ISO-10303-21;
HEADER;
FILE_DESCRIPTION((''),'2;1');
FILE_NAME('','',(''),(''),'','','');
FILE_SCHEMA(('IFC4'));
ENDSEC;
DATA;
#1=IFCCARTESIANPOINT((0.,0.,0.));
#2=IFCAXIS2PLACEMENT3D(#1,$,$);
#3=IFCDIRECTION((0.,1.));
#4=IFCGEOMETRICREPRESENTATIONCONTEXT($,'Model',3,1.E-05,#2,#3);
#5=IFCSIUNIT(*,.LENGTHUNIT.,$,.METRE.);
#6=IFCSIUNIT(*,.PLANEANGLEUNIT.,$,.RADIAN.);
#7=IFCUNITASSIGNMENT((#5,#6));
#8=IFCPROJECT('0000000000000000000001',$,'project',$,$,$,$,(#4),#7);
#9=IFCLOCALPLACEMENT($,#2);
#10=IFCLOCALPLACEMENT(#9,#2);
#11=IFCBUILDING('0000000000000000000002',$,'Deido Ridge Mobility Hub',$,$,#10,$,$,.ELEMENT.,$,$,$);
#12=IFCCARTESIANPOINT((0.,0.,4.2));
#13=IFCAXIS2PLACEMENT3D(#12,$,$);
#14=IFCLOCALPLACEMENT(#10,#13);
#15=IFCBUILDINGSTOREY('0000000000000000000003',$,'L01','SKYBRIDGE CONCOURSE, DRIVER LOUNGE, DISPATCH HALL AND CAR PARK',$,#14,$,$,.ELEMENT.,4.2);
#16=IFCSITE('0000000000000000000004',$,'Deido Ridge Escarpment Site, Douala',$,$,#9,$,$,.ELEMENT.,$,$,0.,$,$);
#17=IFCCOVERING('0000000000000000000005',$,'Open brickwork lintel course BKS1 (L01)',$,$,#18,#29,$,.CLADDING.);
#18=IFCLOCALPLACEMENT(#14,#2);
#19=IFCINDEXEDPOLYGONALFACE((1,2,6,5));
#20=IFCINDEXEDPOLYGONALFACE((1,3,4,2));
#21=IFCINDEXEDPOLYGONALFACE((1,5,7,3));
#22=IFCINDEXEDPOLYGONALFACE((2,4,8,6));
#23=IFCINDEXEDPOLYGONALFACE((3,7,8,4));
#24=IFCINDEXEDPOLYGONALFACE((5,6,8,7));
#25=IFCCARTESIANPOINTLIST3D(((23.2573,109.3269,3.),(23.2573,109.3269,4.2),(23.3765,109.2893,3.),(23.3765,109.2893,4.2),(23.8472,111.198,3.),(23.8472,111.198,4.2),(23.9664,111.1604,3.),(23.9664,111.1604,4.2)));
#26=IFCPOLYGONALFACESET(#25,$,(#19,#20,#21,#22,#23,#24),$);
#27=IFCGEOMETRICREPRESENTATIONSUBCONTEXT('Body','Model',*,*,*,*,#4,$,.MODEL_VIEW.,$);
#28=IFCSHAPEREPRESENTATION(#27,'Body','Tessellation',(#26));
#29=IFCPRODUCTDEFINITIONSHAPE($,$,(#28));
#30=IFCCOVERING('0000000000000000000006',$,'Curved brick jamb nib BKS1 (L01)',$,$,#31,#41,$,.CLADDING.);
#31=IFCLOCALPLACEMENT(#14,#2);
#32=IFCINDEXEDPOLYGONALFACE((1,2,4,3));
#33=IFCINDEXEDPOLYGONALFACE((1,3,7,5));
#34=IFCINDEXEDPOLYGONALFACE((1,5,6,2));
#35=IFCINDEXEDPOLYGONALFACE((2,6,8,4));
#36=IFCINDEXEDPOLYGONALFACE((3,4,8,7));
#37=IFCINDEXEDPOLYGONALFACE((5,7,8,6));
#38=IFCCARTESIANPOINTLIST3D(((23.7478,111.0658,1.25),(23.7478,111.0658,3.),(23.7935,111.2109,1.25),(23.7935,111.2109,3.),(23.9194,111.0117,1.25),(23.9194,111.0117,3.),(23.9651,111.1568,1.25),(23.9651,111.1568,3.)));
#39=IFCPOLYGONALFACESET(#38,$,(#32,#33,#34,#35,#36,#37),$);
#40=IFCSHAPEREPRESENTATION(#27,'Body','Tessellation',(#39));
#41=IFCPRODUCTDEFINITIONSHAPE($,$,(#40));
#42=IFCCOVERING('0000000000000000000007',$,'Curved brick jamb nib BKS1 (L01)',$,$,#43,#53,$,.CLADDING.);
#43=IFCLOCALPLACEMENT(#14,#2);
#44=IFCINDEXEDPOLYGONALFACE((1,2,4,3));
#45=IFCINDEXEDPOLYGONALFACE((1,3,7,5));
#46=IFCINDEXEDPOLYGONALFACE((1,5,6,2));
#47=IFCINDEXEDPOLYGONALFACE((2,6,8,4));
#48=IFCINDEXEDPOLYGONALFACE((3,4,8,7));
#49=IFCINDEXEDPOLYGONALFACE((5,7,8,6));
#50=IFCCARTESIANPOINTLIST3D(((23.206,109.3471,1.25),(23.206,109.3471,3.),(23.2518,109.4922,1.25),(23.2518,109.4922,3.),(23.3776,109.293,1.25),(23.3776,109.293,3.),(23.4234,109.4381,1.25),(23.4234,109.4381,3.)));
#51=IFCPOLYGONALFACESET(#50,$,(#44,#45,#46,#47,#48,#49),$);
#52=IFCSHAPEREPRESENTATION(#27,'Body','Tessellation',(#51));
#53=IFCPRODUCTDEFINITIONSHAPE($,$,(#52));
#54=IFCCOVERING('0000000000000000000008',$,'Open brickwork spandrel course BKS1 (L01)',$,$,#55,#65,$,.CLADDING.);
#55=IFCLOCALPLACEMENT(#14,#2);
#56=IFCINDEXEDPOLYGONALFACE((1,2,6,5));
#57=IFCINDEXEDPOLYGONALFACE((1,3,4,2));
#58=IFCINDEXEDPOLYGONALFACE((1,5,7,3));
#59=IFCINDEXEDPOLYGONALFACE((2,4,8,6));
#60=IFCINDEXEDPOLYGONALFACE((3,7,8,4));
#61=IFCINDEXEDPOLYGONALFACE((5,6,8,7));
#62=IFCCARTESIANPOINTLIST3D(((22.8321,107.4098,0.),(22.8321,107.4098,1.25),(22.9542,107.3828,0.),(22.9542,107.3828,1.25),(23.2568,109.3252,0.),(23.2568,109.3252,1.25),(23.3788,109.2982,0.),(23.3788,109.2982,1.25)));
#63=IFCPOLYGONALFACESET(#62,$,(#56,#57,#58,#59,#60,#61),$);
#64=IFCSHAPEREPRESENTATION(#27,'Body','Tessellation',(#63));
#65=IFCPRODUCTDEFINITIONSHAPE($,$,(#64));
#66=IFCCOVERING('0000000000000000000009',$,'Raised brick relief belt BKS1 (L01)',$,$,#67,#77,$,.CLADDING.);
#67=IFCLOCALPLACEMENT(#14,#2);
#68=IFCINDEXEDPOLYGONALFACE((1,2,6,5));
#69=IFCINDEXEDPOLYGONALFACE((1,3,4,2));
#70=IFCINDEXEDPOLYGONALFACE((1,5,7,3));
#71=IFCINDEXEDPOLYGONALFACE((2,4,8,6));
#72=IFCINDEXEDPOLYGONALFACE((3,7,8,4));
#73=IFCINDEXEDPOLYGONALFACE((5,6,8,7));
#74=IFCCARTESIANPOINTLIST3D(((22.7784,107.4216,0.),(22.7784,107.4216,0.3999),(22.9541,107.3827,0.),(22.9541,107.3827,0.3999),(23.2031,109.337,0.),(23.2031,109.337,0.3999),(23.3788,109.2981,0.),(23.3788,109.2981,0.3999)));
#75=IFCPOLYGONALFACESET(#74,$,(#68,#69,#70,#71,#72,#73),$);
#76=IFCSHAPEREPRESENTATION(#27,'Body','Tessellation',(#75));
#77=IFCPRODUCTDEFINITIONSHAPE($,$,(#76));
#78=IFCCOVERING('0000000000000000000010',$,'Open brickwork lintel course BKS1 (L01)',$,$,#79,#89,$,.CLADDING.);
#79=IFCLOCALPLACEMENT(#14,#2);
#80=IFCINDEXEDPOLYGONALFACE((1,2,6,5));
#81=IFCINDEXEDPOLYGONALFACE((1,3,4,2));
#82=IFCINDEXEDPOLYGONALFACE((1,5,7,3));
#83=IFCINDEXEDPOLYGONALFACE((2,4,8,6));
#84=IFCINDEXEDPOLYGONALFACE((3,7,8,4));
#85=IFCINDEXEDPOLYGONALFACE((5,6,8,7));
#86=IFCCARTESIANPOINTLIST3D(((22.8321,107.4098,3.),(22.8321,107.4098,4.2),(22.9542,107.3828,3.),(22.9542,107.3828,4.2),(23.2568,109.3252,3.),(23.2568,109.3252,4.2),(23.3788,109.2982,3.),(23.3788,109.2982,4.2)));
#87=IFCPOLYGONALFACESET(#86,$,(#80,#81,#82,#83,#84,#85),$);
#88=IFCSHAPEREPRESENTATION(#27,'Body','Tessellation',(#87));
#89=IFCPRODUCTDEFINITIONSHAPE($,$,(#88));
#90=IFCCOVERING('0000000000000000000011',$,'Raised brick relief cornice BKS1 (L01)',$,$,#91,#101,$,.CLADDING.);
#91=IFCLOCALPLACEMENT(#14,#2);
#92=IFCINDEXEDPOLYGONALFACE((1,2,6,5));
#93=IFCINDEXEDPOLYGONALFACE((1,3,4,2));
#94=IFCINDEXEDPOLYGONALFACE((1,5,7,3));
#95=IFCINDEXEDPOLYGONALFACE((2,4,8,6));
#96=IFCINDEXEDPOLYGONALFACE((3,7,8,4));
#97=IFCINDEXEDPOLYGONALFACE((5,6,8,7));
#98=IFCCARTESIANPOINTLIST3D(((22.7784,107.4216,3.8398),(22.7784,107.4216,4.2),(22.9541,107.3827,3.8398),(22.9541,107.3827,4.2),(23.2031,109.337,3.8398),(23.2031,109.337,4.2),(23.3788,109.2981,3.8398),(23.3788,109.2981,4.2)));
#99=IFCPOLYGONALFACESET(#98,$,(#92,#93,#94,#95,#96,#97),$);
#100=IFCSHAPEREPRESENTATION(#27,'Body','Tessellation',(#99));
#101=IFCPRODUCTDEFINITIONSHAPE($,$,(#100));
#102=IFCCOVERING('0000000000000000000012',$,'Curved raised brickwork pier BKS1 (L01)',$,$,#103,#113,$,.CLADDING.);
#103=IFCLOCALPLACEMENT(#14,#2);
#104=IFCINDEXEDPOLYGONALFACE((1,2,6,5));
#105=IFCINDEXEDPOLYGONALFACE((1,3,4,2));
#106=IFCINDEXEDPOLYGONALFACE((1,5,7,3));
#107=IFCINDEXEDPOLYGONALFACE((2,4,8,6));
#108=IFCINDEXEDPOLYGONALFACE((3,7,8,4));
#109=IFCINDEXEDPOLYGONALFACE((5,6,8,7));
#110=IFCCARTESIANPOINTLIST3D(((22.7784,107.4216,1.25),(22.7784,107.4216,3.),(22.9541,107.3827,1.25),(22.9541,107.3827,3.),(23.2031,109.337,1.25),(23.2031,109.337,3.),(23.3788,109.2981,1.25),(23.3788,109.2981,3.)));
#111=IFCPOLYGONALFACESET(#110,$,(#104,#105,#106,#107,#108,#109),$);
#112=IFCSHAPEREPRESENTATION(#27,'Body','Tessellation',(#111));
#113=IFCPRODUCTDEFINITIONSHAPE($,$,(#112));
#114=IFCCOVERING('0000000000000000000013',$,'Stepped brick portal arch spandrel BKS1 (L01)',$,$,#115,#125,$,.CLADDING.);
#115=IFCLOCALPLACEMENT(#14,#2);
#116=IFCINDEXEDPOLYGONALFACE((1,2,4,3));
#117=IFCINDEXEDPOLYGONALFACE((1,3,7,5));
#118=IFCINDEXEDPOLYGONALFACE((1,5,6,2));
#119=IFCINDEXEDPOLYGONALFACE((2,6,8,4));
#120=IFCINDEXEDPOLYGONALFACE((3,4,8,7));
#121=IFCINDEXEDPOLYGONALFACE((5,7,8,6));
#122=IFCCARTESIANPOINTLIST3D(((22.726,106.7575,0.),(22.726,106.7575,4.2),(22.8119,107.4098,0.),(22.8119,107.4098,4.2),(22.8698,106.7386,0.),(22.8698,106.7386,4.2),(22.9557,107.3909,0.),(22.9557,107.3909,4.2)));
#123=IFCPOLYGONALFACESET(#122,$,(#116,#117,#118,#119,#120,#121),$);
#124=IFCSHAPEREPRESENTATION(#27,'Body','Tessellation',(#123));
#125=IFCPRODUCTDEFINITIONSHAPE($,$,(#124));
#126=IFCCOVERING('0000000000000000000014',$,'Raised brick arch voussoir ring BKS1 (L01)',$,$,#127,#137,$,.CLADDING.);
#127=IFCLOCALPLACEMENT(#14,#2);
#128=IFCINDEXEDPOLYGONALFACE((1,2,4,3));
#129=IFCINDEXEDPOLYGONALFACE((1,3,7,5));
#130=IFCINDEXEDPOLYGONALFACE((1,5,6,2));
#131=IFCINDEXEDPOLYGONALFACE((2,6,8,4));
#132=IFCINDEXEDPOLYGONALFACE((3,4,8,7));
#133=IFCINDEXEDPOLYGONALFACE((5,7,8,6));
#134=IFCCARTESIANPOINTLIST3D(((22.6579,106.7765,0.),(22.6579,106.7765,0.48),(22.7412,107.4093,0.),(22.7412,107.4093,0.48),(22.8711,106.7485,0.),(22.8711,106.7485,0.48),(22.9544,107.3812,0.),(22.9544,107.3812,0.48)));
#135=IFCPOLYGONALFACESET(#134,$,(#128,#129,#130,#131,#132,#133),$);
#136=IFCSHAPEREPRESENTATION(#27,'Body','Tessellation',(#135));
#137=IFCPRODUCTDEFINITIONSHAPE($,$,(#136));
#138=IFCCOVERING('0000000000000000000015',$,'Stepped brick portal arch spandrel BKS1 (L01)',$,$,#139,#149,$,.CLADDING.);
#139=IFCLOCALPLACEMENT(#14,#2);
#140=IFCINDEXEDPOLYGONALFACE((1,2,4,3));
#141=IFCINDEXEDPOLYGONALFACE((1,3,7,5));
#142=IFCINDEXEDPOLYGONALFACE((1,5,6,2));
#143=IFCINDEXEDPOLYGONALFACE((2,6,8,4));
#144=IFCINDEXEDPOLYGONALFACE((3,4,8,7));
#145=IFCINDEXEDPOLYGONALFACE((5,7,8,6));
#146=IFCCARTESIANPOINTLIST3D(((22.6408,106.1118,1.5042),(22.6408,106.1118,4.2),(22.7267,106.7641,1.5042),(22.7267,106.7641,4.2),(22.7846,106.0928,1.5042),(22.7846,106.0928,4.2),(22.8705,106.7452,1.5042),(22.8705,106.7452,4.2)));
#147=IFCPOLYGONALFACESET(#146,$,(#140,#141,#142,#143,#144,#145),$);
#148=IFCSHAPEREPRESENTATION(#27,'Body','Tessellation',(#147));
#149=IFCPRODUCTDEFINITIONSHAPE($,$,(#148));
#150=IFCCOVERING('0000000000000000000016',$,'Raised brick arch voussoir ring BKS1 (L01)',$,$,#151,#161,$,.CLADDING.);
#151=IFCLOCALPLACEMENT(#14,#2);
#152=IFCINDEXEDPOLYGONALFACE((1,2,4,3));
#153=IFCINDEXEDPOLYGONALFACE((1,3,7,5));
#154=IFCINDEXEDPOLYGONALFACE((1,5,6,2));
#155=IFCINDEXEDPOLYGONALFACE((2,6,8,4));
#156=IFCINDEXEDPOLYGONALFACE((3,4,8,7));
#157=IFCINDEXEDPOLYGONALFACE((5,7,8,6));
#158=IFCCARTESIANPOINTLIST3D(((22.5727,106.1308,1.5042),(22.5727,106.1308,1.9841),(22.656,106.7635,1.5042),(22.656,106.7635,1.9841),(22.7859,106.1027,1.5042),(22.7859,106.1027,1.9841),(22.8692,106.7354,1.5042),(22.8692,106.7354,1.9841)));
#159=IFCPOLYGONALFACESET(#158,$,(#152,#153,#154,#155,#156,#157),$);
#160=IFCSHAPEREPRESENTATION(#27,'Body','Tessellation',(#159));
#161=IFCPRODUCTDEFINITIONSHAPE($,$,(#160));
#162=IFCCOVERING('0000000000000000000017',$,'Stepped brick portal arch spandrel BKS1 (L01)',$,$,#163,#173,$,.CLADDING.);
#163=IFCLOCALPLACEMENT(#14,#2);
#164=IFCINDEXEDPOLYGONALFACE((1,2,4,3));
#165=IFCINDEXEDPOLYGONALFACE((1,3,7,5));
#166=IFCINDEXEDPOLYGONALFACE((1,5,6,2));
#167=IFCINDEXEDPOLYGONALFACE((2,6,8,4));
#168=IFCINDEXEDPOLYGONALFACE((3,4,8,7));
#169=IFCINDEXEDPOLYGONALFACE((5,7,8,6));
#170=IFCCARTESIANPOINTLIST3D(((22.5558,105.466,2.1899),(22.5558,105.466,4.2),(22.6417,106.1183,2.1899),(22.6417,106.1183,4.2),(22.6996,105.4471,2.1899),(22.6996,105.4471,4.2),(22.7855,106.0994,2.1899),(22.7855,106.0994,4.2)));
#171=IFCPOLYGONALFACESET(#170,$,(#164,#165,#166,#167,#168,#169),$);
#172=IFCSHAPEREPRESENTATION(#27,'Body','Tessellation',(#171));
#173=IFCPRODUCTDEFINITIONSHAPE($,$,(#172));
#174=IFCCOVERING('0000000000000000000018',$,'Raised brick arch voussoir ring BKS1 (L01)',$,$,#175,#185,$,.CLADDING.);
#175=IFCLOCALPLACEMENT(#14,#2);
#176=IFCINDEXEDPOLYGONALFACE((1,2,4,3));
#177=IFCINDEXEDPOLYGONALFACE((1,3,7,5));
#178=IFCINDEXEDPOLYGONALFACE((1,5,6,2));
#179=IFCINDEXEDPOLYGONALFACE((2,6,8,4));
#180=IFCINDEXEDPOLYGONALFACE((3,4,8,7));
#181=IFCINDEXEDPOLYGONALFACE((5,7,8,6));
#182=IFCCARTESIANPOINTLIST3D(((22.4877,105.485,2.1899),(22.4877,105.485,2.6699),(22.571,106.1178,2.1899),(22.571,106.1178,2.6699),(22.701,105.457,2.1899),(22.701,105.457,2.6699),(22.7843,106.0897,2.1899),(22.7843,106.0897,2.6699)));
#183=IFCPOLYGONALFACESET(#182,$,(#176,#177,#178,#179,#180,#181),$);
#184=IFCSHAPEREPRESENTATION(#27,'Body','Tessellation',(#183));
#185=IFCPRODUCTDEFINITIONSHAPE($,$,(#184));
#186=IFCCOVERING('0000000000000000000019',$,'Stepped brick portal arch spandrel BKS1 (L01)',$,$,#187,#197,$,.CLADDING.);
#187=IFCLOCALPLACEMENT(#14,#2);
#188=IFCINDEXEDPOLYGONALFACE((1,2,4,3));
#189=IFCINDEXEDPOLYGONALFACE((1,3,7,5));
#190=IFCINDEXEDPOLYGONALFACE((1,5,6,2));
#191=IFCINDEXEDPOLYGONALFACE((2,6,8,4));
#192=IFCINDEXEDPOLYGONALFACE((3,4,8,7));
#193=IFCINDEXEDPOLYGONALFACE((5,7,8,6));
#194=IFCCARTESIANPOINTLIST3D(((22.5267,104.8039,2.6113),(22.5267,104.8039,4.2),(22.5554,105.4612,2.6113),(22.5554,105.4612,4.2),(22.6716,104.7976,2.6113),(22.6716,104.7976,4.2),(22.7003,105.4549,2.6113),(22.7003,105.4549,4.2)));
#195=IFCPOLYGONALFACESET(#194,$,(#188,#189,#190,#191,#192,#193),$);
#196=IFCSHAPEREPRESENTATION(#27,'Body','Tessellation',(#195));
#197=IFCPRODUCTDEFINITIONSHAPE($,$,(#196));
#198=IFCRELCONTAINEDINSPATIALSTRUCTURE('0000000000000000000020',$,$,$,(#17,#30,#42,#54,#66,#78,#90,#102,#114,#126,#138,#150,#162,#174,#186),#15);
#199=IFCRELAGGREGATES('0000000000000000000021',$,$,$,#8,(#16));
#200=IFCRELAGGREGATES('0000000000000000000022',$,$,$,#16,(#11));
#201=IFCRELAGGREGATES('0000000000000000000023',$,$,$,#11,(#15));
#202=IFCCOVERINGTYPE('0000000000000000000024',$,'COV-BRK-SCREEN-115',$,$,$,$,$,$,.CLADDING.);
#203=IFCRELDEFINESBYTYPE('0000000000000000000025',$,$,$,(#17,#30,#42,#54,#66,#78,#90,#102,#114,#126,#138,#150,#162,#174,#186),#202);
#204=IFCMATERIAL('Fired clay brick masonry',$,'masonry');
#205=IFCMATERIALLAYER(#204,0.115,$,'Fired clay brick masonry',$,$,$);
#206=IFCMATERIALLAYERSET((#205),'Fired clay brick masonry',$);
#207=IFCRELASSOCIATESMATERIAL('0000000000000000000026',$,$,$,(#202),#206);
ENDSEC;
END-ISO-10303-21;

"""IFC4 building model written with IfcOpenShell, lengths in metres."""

from ifc_helpers import new_model, si_unit, direction, frame, origin, origin_2d, place, context, subcontext, project, spatial, rectangle, extrude, material, layer, layer_set, type_object, element, save


model = new_model("IFC4")

# Units and contexts
model_context = context("Model", 3, precision=1e-05, world=origin(), true_north=direction((0.0, 1.0)))
body_context = subcontext(model_context, "Body", "Model", "MODEL_VIEW")
ifc_project = project(units=[si_unit("LENGTHUNIT", "METRE"), si_unit("PLANEANGLEUNIT", "RADIAN")], contexts=[model_context])

# Site, building, storey
site_placement = place(None, origin())
site = spatial("IfcSite", under=ifc_project, at=site_placement, Name="Deido Ridge Escarpment Site, Douala", CompositionType="ELEMENT", RefElevation=0.0)
building_placement = place(site_placement, origin())
building = spatial("IfcBuilding", under=site, at=building_placement, Name="Deido Ridge Mobility Hub", CompositionType="ELEMENT")
storey_placement = place(building_placement, frame((0.0, 0.0, 4.2)))
storey = spatial("IfcBuildingStorey", under=building, at=storey_placement, Name="L01", Description="SKYBRIDGE CONCOURSE, DRIVER LOUNGE, DISPATCH HALL AND CAR PARK", CompositionType="ELEMENT", Elevation=4.2)

# Coverings
ifc_material_1 = material(Name="Fired clay brick masonry", Category="masonry")
ifc_layer = layer(ifc_material_1, 0.115, Name="Fired clay brick masonry")
ifc_layer_set = layer_set([ifc_layer], Name="Fired clay brick masonry")
covering_type = type_object("IfcCoveringType", Name="COV-BRK-SCREEN-115", PredefinedType="CLADDING", material=ifc_layer_set)
covering_1_placement = place(storey_placement, frame((23.6118, 110.2437, 3.0), z_axis=(0.0, 0.0, 1.0), x_axis=(-0.300673, -0.953727, 0.0)))
element("IfcCovering", 1, at=covering_1_placement, inside=storey, type_object=covering_type, Name="Open brickwork lintel course BKS1 (L01)", PredefinedType="CLADDING", context=body_context, shape_type="SweptSolid", body=[
    extrude(rectangle(XDim=1.9619, YDim=0.125, at=origin_2d()), origin(), (0.0, 0.0, 1.0), 1.2),
])
for number, where, z_axis, x_axis, name in (
    (2, (23.8564, 111.1113, 1.25), (0.0, 0.0, 1.0), (-0.300673, -0.953727, 0.0), "Curved brick jamb nib BKS1 (L01)"),
    (3, (23.3147, 109.3926, 1.25), (0.0, 0.0, 1.0), (-0.300673, -0.953727, 0.0), "Curved brick jamb nib BKS1 (L01)"),
):
    element("IfcCovering", number, at=place(storey_placement, frame(where, z_axis=z_axis, x_axis=x_axis)), inside=storey, type_object=covering_type, Name=name, PredefinedType="CLADDING", context=body_context, shape_type="SweptSolid", body=[
        extrude(rectangle(XDim=0.1521, YDim=0.1799, at=origin_2d()), origin(), (0.0, 0.0, 1.0), 1.75),
    ])
covering_2_placement = place(storey_placement, frame((23.1055, 108.354, 0.0), z_axis=(0.0, 0.0, 1.0), x_axis=(-0.216457, -0.976292, 0.0)))
element("IfcCovering", 4, at=covering_2_placement, inside=storey, type_object=covering_type, Name="Open brickwork spandrel course BKS1 (L01)", PredefinedType="CLADDING", context=body_context, shape_type="SweptSolid", body=[
    extrude(rectangle(XDim=1.9619, YDim=0.125, at=origin_2d()), origin(), (0.0, 0.0, 1.0), 1.25),
])
covering_3_placement = place(storey_placement, frame((23.0786, 108.3599, 0.0), z_axis=(0.0, 0.0, 1.0), x_axis=(-0.216457, -0.976292, 0.0)))
element("IfcCovering", 5, at=covering_3_placement, inside=storey, type_object=covering_type, Name="Raised brick relief belt BKS1 (L01)", PredefinedType="CLADDING", context=body_context, shape_type="SweptSolid", body=[
    extrude(rectangle(XDim=1.9619, YDim=0.1799, at=origin_2d()), origin(), (0.0, 0.0, 1.0), 0.3999),
])
covering_4_placement = place(storey_placement, frame((23.1055, 108.354, 3.0), z_axis=(0.0, 0.0, 1.0), x_axis=(-0.216457, -0.976292, 0.0)))
element("IfcCovering", 6, at=covering_4_placement, inside=storey, type_object=covering_type, Name="Open brickwork lintel course BKS1 (L01)", PredefinedType="CLADDING", context=body_context, shape_type="SweptSolid", body=[
    extrude(rectangle(XDim=1.9619, YDim=0.125, at=origin_2d()), origin(), (0.0, 0.0, 1.0), 1.2),
])
covering_5_placement = place(storey_placement, frame((23.0786, 108.3599, 3.8398), z_axis=(0.0, 0.0, 1.0), x_axis=(-0.216457, -0.976292, 0.0)))
element("IfcCovering", 7, at=covering_5_placement, inside=storey, type_object=covering_type, Name="Raised brick relief cornice BKS1 (L01)", PredefinedType="CLADDING", context=body_context, shape_type="SweptSolid", body=[
    extrude(rectangle(XDim=1.9619, YDim=0.1799, at=origin_2d()), origin(), (0.0, 0.0, 1.0), 0.3601),
])
covering_6_placement = place(storey_placement, frame((23.0786, 108.3599, 1.25), z_axis=(0.0, 0.0, 1.0), x_axis=(-0.216457, -0.976292, 0.0)))
element("IfcCovering", 8, at=covering_6_placement, inside=storey, type_object=covering_type, Name="Curved raised brickwork pier BKS1 (L01)", PredefinedType="CLADDING", context=body_context, shape_type="SweptSolid", body=[
    extrude(rectangle(XDim=1.9619, YDim=0.1799, at=origin_2d()), origin(), (0.0, 0.0, 1.0), 1.75),
])
covering_7_placement = place(storey_placement, frame((22.8408, 107.0742, 0.0), z_axis=(0.0, 0.0, 1.0), x_axis=(-0.130543, -0.991443, 0.0)))
element("IfcCovering", 9, at=covering_7_placement, inside=storey, type_object=covering_type, Name="Stepped brick portal arch spandrel BKS1 (L01)", PredefinedType="CLADDING", context=body_context, shape_type="SweptSolid", body=[
    extrude(rectangle(XDim=0.658, YDim=0.145, at=origin_2d()), origin(), (0.0, 0.0, 1.0), 4.2),
])
covering_8_placement = place(storey_placement, frame((22.8062, 107.0789, 0.0), z_axis=(0.0, 0.0, 1.0), x_axis=(-0.130543, -0.991443, 0.0)))
element("IfcCovering", 10, at=covering_8_placement, inside=storey, type_object=covering_type, Name="Raised brick arch voussoir ring BKS1 (L01)", PredefinedType="CLADDING", context=body_context, shape_type="SweptSolid", body=[
    extrude(rectangle(XDim=0.6382, YDim=0.2151, at=origin_2d()), origin(), (0.0, 0.0, 1.0), 0.48),
])
covering_9_placement = place(storey_placement, frame((22.7556, 106.4285, 1.5042), z_axis=(0.0, 0.0, 1.0), x_axis=(-0.130543, -0.991443, 0.0)))
element("IfcCovering", 11, at=covering_9_placement, inside=storey, type_object=covering_type, Name="Stepped brick portal arch spandrel BKS1 (L01)", PredefinedType="CLADDING", context=body_context, shape_type="SweptSolid", body=[
    extrude(rectangle(XDim=0.658, YDim=0.145, at=origin_2d()), origin(), (0.0, 0.0, 1.0), 2.6958),
])
covering_10_placement = place(storey_placement, frame((22.7209, 106.4331, 1.5042), z_axis=(0.0, 0.0, 1.0), x_axis=(-0.130543, -0.991443, 0.0)))
element("IfcCovering", 12, at=covering_10_placement, inside=storey, type_object=covering_type, Name="Raised brick arch voussoir ring BKS1 (L01)", PredefinedType="CLADDING", context=body_context, shape_type="SweptSolid", body=[
    extrude(rectangle(XDim=0.6382, YDim=0.2151, at=origin_2d()), origin(), (0.0, 0.0, 1.0), 0.48),
])
covering_11_placement = place(storey_placement, frame((22.6707, 105.7827, 2.1899), z_axis=(0.0, 0.0, 1.0), x_axis=(-0.130543, -0.991443, 0.0)))
element("IfcCovering", 13, at=covering_11_placement, inside=storey, type_object=covering_type, Name="Stepped brick portal arch spandrel BKS1 (L01)", PredefinedType="CLADDING", context=body_context, shape_type="SweptSolid", body=[
    extrude(rectangle(XDim=0.658, YDim=0.145, at=origin_2d()), origin(), (0.0, 0.0, 1.0), 2.01),
])
covering_12_placement = place(storey_placement, frame((22.636, 105.7874, 2.1899), z_axis=(0.0, 0.0, 1.0), x_axis=(-0.130543, -0.991443, 0.0)))
element("IfcCovering", 14, at=covering_12_placement, inside=storey, type_object=covering_type, Name="Raised brick arch voussoir ring BKS1 (L01)", PredefinedType="CLADDING", context=body_context, shape_type="SweptSolid", body=[
    extrude(rectangle(XDim=0.6382, YDim=0.2151, at=origin_2d()), origin(), (0.0, 0.0, 1.0), 0.48),
])
covering_13_placement = place(storey_placement, frame((22.6135, 105.1294, 2.6113), z_axis=(0.0, 0.0, 1.0), x_axis=(-0.043602, -0.999049, 0.0)))
element("IfcCovering", 15, at=covering_13_placement, inside=storey, type_object=covering_type, Name="Stepped brick portal arch spandrel BKS1 (L01)", PredefinedType="CLADDING", context=body_context, shape_type="SweptSolid", body=[
    extrude(rectangle(XDim=0.658, YDim=0.145, at=origin_2d()), origin(), (0.0, 0.0, 1.0), 1.5886),
])

save(model, "model.ifc")
